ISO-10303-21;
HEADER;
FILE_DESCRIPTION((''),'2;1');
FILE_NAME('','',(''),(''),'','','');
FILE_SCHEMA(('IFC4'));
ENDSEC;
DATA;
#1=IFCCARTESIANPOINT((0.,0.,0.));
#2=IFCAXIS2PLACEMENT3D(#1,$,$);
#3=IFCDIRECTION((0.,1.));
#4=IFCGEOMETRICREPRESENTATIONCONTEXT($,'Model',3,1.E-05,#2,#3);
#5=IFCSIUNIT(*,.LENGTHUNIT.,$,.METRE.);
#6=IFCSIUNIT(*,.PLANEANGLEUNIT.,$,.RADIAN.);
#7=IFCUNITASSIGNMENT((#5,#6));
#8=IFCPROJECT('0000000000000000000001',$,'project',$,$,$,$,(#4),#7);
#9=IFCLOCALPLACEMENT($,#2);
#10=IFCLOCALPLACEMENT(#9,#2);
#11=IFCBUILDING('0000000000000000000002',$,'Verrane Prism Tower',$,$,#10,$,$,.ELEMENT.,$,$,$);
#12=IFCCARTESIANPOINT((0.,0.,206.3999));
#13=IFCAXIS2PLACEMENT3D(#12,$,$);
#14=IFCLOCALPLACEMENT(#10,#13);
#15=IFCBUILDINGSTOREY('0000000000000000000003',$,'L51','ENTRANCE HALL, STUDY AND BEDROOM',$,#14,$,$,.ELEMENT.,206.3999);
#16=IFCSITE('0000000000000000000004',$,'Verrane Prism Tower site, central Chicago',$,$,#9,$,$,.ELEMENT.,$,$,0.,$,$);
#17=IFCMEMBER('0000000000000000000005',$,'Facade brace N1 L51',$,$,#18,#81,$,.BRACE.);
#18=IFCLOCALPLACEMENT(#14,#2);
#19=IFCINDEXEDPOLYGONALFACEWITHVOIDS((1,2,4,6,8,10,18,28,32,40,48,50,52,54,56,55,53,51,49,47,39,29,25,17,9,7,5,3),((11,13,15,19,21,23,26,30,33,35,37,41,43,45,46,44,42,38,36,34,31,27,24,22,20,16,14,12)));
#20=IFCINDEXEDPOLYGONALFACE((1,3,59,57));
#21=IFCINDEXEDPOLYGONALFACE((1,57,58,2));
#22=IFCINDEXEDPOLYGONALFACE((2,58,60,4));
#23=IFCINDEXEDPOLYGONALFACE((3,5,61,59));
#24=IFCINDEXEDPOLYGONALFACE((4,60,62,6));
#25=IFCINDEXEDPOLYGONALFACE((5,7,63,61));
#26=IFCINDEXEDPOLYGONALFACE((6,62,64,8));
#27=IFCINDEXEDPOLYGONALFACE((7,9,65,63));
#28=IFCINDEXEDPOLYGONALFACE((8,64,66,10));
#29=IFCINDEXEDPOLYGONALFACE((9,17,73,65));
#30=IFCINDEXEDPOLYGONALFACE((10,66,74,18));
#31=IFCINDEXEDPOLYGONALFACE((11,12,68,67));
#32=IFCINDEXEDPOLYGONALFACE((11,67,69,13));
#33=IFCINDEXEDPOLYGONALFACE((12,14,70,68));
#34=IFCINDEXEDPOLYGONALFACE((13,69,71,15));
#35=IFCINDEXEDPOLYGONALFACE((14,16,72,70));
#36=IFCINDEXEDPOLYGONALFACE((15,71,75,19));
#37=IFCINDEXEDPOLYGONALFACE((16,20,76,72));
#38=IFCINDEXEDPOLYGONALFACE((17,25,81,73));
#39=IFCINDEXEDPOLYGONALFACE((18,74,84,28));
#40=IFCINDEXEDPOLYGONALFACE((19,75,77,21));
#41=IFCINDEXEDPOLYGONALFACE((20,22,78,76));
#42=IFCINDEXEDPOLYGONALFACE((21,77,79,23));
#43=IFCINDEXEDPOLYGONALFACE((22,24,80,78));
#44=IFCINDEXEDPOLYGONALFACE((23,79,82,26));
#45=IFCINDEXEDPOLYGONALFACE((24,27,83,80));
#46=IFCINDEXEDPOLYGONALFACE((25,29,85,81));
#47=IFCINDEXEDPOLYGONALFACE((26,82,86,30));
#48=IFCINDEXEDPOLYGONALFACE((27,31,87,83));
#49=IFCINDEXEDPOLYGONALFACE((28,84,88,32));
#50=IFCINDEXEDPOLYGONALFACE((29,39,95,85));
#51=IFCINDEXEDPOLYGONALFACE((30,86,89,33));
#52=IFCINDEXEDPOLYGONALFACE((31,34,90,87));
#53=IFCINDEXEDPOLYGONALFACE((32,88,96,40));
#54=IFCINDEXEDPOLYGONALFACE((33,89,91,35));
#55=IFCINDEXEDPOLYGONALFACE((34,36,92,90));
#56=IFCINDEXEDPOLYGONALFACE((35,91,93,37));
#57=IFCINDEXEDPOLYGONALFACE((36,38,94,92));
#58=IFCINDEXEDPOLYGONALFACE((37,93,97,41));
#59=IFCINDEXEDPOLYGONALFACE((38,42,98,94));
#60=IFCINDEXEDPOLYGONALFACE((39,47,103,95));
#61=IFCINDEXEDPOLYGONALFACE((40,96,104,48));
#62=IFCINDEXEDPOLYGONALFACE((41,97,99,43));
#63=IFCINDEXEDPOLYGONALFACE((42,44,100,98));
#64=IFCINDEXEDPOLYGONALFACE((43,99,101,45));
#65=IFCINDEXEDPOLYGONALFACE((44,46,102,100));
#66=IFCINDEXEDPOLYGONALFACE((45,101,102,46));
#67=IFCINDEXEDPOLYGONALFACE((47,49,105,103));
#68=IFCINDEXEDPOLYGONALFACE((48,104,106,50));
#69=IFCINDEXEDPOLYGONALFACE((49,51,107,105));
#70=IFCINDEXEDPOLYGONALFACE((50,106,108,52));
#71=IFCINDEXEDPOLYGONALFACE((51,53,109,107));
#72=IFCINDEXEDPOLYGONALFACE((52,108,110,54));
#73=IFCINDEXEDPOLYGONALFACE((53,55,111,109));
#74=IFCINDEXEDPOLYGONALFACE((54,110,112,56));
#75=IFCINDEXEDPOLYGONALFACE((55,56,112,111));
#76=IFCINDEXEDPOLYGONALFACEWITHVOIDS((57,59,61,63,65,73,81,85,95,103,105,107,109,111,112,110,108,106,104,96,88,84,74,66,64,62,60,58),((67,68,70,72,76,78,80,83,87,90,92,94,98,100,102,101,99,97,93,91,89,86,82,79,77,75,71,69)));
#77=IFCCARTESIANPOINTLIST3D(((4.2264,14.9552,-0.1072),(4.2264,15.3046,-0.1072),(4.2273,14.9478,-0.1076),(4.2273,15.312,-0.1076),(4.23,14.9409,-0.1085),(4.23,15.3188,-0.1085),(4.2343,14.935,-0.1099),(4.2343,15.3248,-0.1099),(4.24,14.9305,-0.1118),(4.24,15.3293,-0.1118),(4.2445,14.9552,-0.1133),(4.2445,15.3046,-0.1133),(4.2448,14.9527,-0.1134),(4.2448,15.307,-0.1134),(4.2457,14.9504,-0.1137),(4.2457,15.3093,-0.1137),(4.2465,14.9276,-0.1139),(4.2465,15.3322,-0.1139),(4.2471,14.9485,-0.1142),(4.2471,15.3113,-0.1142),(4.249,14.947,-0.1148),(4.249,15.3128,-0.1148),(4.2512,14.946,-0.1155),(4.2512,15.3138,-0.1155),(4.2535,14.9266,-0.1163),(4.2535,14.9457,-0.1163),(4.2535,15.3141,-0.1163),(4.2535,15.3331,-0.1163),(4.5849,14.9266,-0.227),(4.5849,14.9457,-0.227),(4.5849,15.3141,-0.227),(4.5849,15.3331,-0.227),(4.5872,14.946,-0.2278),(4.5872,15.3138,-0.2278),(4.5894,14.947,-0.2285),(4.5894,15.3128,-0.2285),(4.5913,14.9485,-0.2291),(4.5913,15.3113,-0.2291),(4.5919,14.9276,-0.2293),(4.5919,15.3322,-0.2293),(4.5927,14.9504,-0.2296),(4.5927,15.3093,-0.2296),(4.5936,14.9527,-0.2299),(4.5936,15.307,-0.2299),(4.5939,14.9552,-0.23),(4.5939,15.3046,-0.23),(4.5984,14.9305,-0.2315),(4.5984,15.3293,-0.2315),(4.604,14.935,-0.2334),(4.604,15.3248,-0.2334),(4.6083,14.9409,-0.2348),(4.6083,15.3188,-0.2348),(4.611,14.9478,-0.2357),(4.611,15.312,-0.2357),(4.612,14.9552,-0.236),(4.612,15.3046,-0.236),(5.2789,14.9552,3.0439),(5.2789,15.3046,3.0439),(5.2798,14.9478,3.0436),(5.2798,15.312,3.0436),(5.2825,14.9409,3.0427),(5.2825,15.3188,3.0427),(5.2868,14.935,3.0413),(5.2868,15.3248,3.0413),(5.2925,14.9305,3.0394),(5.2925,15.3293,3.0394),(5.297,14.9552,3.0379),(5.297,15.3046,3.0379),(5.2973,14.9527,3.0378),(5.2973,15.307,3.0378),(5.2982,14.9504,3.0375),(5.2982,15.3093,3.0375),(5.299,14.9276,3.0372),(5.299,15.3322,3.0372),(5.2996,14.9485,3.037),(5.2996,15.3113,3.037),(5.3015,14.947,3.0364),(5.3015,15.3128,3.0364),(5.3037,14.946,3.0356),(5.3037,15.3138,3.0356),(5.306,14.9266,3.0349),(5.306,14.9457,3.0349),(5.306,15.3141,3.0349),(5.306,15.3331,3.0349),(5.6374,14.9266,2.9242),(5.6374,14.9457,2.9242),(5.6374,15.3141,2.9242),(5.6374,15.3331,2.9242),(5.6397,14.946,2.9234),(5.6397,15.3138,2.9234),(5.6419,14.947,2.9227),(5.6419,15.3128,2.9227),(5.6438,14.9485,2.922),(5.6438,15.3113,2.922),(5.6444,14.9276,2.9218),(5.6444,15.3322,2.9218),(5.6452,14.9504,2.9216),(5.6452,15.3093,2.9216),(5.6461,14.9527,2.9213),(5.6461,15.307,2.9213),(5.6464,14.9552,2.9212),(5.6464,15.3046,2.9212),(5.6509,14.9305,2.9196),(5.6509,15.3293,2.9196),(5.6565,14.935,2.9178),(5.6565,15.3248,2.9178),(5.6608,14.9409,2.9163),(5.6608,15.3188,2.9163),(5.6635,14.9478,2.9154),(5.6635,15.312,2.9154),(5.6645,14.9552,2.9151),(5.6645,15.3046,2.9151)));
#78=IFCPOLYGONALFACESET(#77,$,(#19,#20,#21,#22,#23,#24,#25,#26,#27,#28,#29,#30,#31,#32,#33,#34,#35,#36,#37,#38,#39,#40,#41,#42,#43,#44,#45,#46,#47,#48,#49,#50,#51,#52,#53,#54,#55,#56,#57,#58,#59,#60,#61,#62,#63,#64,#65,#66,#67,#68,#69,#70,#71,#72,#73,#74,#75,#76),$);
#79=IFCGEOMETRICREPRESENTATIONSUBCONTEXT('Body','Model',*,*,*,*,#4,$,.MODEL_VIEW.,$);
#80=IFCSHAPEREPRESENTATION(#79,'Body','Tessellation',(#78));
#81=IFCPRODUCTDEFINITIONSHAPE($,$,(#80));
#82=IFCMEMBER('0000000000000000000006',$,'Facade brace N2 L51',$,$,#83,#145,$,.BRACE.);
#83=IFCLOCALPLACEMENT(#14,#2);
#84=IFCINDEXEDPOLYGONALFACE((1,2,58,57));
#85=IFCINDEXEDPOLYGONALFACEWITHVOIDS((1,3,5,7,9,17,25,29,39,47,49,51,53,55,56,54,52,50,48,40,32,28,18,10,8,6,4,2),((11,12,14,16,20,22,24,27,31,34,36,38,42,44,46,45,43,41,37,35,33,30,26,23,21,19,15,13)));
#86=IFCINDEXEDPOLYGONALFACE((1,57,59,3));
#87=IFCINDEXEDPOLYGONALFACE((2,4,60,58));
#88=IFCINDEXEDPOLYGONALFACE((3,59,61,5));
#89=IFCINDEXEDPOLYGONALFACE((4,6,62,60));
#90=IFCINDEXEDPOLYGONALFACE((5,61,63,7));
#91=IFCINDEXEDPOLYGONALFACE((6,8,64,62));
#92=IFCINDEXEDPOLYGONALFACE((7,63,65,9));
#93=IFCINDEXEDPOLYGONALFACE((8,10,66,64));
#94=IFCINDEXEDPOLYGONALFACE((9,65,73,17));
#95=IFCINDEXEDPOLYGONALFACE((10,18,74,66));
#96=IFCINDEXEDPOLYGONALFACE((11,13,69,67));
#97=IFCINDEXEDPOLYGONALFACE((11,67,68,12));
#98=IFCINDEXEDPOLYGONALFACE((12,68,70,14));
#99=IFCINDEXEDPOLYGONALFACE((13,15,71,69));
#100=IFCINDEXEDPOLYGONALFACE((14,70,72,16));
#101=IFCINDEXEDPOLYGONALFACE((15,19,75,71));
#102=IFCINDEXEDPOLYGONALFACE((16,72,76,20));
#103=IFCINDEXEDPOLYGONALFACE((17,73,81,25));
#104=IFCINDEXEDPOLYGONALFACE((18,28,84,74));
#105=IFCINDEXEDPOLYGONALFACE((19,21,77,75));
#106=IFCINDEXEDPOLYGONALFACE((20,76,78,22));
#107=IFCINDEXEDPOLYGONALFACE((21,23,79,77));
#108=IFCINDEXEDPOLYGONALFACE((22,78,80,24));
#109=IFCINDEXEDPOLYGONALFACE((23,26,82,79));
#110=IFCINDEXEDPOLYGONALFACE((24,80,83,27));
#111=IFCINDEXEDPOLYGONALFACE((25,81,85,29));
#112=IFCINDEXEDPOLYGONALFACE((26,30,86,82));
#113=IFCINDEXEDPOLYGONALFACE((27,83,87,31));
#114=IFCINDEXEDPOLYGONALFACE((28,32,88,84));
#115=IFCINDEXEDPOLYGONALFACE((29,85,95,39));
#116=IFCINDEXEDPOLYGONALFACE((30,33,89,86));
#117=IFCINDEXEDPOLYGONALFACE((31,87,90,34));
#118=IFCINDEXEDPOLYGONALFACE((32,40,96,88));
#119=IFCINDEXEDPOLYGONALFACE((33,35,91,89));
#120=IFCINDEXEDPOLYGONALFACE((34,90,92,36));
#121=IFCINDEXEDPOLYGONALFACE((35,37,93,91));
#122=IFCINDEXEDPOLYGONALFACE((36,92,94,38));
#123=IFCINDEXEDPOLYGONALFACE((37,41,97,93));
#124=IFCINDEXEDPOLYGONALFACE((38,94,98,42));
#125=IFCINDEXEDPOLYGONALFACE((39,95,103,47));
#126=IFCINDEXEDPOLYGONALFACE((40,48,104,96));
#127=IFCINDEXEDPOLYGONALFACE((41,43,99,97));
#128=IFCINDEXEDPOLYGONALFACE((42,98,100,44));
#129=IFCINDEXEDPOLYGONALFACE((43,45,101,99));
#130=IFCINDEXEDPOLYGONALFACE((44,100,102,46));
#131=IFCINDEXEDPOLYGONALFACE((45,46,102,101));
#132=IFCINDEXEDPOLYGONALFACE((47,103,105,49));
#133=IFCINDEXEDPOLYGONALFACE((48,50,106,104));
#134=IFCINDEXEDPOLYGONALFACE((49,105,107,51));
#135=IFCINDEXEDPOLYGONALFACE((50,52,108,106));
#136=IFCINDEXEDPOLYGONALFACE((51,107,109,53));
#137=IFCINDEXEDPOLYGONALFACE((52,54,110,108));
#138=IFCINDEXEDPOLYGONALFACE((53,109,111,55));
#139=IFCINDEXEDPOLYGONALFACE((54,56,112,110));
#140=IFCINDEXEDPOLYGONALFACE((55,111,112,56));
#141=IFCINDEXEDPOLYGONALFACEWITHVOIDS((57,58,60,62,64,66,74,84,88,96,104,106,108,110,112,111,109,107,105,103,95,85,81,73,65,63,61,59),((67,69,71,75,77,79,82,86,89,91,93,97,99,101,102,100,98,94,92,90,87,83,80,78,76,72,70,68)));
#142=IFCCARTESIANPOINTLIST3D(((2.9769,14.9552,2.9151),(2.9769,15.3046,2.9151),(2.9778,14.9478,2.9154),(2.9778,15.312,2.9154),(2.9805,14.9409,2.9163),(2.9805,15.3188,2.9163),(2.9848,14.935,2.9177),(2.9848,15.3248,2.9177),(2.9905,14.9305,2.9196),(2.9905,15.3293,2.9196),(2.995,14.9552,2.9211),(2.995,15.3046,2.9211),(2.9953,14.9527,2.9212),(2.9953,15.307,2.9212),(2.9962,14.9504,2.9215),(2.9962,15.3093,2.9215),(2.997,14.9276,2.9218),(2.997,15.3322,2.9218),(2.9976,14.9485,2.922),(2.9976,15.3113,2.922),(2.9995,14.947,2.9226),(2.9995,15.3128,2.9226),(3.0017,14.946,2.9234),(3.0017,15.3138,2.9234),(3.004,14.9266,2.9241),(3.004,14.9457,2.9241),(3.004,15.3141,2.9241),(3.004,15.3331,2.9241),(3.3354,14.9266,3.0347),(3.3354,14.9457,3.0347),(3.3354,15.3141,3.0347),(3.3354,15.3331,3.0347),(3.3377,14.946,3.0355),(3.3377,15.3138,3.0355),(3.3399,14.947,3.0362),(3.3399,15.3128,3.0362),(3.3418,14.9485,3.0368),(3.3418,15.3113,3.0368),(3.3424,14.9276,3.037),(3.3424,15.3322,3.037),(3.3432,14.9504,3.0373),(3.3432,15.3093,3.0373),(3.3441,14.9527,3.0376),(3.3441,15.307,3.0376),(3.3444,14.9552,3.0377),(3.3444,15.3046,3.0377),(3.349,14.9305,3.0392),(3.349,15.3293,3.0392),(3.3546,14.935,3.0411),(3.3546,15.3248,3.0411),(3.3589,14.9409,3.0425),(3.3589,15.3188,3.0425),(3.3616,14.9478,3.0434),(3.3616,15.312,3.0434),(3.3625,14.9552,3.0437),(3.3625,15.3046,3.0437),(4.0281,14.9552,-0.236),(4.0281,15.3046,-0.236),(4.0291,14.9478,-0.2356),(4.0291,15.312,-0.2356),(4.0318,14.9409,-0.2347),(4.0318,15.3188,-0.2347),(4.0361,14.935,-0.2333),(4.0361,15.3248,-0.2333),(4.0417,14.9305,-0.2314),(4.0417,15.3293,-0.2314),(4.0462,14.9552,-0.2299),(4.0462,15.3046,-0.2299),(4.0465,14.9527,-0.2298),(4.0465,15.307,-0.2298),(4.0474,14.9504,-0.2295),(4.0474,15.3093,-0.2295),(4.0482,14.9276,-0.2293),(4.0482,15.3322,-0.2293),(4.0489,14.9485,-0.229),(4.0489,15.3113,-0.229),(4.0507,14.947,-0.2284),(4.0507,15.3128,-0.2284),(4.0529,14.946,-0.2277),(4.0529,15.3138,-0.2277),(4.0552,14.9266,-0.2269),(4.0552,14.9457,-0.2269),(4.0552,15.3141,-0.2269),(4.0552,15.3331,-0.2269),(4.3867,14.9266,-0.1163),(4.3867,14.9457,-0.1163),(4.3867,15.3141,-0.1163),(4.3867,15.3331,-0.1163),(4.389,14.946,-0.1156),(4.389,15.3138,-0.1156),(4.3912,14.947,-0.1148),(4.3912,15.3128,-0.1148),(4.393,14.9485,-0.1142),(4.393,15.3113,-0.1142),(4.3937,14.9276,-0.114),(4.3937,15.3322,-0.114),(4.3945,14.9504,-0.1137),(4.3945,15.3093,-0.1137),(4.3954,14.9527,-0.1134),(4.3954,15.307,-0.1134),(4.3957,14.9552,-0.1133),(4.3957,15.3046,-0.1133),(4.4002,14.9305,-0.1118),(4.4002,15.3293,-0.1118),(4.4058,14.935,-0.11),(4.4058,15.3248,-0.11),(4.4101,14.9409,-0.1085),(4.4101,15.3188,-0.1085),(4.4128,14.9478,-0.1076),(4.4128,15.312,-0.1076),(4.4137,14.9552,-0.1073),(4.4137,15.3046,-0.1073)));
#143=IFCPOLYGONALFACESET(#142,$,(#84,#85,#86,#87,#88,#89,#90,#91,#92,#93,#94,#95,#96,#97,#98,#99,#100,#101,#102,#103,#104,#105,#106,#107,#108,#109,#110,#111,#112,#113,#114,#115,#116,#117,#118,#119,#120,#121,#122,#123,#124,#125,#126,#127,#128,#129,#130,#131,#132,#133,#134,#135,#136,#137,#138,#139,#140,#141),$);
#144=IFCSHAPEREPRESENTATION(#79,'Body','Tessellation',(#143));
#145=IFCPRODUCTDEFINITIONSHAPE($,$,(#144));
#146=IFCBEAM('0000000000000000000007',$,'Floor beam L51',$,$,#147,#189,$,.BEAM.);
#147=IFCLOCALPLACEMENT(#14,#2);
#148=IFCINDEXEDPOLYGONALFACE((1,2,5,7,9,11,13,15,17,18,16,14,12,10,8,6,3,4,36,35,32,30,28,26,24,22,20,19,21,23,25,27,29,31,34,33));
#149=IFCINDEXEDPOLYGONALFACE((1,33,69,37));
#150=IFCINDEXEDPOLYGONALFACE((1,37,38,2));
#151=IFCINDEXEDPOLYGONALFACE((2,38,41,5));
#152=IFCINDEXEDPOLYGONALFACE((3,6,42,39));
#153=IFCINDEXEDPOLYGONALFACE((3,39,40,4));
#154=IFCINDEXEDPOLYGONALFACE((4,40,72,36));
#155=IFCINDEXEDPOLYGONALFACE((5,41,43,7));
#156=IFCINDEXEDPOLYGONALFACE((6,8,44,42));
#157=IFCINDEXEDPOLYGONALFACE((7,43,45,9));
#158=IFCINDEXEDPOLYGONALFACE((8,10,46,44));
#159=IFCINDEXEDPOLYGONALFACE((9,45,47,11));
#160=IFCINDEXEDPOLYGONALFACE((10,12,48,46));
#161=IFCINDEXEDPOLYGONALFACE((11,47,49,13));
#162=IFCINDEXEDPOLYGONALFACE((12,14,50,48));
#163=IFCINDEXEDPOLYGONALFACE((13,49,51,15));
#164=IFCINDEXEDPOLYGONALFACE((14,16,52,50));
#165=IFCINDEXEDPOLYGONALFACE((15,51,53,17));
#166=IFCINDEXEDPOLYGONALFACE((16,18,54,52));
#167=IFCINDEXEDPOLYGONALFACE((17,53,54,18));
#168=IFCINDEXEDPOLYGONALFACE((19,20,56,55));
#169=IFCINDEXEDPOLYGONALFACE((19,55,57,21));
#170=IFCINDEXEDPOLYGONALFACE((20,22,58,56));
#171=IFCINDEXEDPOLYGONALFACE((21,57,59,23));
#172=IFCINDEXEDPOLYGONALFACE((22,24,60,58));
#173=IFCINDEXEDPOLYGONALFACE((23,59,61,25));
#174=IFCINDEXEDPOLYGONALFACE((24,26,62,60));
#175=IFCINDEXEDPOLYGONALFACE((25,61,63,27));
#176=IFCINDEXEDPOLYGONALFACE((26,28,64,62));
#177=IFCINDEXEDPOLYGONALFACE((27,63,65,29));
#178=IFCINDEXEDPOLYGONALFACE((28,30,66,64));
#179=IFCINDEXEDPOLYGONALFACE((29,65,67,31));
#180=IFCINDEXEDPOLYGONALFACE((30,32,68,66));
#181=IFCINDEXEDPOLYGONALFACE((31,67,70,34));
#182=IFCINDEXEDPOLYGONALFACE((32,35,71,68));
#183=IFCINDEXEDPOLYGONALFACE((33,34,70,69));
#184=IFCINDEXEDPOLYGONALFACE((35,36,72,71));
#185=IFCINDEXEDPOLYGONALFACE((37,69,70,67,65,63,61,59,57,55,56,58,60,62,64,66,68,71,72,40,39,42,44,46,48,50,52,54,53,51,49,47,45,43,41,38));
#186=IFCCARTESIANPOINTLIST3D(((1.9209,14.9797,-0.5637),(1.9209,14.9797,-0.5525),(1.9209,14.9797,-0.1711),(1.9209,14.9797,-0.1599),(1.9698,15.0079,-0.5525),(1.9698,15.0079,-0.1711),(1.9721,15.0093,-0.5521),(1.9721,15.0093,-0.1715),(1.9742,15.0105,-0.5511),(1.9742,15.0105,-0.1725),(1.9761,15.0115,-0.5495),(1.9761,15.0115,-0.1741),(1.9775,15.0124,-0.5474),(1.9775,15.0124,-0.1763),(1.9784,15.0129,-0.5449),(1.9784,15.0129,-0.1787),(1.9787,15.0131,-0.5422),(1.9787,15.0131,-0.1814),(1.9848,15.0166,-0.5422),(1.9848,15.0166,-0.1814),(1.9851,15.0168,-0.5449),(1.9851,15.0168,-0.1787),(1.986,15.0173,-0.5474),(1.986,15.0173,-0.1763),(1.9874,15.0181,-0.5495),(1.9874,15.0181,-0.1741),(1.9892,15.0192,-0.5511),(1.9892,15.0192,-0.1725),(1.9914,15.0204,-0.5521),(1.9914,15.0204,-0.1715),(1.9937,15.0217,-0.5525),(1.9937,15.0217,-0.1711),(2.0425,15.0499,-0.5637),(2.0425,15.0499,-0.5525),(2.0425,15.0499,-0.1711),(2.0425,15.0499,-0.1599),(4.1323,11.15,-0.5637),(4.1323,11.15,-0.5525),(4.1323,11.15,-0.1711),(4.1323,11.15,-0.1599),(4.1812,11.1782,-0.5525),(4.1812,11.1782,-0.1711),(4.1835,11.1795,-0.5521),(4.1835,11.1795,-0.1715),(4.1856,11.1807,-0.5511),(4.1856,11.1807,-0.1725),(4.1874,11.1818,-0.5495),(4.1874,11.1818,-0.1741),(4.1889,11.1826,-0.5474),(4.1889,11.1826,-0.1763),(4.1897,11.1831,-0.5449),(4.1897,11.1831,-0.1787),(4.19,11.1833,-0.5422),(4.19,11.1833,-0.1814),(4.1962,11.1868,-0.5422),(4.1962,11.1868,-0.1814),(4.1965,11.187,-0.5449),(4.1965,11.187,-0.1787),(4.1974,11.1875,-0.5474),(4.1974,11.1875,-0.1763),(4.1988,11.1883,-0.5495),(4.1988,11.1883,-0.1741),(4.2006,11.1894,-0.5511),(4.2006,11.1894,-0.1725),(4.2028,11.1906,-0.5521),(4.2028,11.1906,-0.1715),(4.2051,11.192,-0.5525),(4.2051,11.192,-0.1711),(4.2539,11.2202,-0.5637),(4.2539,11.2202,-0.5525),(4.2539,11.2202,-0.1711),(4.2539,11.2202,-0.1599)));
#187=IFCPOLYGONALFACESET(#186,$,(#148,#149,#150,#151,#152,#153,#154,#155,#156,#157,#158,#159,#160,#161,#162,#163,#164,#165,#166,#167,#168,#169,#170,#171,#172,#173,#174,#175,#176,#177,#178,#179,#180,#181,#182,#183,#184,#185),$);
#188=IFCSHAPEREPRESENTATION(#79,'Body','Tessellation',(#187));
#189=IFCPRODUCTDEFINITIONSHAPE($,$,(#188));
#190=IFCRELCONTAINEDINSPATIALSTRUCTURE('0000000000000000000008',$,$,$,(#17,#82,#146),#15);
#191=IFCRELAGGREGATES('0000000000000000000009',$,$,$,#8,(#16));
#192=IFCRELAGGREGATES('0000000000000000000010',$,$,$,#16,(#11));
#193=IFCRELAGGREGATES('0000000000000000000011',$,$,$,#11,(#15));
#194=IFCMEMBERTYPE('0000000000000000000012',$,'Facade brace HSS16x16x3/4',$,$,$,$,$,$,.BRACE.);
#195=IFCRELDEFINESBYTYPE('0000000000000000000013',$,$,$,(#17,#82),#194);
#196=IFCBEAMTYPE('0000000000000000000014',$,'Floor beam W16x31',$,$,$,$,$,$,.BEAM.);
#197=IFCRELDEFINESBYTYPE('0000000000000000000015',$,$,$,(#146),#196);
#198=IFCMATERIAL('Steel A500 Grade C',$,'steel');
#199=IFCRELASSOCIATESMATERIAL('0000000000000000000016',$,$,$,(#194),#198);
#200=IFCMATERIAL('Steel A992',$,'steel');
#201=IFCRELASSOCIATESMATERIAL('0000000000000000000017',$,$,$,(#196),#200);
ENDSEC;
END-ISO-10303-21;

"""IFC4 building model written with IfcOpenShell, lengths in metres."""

from ifc_helpers import new_model, si_unit, direction, frame, origin, origin_2d, place, context, subcontext, project, spatial, hollow_rectangle, i_section, extrude, material, material_profile, profile_set, type_object, element, save


model = new_model("IFC4")

# Units and contexts
model_context = context("Model", 3, precision=1e-05, world=origin(), true_north=direction((0.0, 1.0)))
body_context = subcontext(model_context, "Body", "Model", "MODEL_VIEW")
ifc_project = project(units=[si_unit("LENGTHUNIT", "METRE"), si_unit("PLANEANGLEUNIT", "RADIAN")], contexts=[model_context])

# Site, building, storey
site_placement = place(None, origin())
site = spatial("IfcSite", under=ifc_project, at=site_placement, Name="Verrane Prism Tower site, central Chicago", CompositionType="ELEMENT", RefElevation=0.0)
building_placement = place(site_placement, origin())
building = spatial("IfcBuilding", under=site, at=building_placement, Name="Verrane Prism Tower", CompositionType="ELEMENT")
storey_placement = place(building_placement, frame((0.0, 0.0, 206.3999)))
storey = spatial("IfcBuildingStorey", under=building, at=storey_placement, Name="L51", Description="ENTRANCE HALL, STUDY AND BEDROOM", CompositionType="ELEMENT", Elevation=206.3999)

# Members
ifc_material_1 = material(Name="Steel A500 Grade C", Category="steel")
ifc_material_profile_1 = material_profile(ifc_material_1, hollow_rectangle(XDim=0.4065, YDim=0.4065, WallThickness=0.019, InnerFilletRadius=0.0095, OuterFilletRadius=0.0286, at=origin_2d()), Name="HSS16x16x3/4")
ifc_profile_set_1 = profile_set([ifc_material_profile_1], Name="Steel A500 Grade C")
member_type_1 = type_object("IfcMemberType", Name="Facade brace HSS16x16x3/4", PredefinedType="BRACE", material=ifc_profile_set_1)
member_1_placement = place(storey_placement, frame((4.4192, 15.1299, -0.1716), z_axis=(0.316801, 0.0, 0.948492), x_axis=(0.0, 1.0, 0.0)))
element("IfcMember", 1, at=member_1_placement, inside=storey, type_object=member_type_1, Name="Facade brace N1 L51", PredefinedType="BRACE", context=body_context, shape_type="SweptSolid", body=[
    extrude(hollow_rectangle(XDim=0.4065, YDim=0.4065, WallThickness=0.019, InnerFilletRadius=0.0095, OuterFilletRadius=0.0286, at=origin_2d()), origin(), (0.0, 0.0, 1.0), 3.3223),
])
member_2_placement = place(storey_placement, frame((4.2209, 15.1299, -0.1716), z_axis=(-0.31647, 0.0, 0.948602), x_axis=(0.0, -1.0, 0.0)))
element("IfcMember", 2, at=member_2_placement, inside=storey, type_object=member_type_1, Name="Facade brace N2 L51", PredefinedType="BRACE", context=body_context, shape_type="SweptSolid", body=[
    extrude(hollow_rectangle(XDim=0.4065, YDim=0.4065, WallThickness=0.019, InnerFilletRadius=0.0095, OuterFilletRadius=0.0286, at=origin_2d()), origin(), (0.0, 0.0, 1.0), 3.3218),
])

# Beam
ifc_material_2 = material(Name="Steel A992", Category="steel")
ifc_material_profile_2 = material_profile(ifc_material_2, i_section(OverallWidth=0.1404, OverallDepth=0.4038, WebThickness=0.0071, FlangeThickness=0.0112, FilletRadius=0.0103, at=origin_2d()), Name="W16x31")
ifc_profile_set_2 = profile_set([ifc_material_profile_2], Name="Steel A992")
beam_type_1 = type_object("IfcBeamType", Name="Floor beam W16x31", PredefinedType="BEAM", material=ifc_profile_set_2)
beam_1_placement = place(storey_placement, frame((4.1931, 11.1851, -0.3618), z_axis=(-0.500046, 0.865999, 0.0), x_axis=(-0.865999, -0.500046, 0.0)))
element("IfcBeam", 3, at=beam_1_placement, inside=storey, type_object=beam_type_1, Name="Floor beam L51", PredefinedType="BEAM", context=body_context, shape_type="SweptSolid", body=[
    extrude(i_section(OverallWidth=0.1404, OverallDepth=0.4038, WebThickness=0.0071, FlangeThickness=0.0112, FilletRadius=0.0103, at=origin_2d()), origin(), (0.0, 0.0, 1.0), 4.4224),
])

save(model, "model.ifc")
